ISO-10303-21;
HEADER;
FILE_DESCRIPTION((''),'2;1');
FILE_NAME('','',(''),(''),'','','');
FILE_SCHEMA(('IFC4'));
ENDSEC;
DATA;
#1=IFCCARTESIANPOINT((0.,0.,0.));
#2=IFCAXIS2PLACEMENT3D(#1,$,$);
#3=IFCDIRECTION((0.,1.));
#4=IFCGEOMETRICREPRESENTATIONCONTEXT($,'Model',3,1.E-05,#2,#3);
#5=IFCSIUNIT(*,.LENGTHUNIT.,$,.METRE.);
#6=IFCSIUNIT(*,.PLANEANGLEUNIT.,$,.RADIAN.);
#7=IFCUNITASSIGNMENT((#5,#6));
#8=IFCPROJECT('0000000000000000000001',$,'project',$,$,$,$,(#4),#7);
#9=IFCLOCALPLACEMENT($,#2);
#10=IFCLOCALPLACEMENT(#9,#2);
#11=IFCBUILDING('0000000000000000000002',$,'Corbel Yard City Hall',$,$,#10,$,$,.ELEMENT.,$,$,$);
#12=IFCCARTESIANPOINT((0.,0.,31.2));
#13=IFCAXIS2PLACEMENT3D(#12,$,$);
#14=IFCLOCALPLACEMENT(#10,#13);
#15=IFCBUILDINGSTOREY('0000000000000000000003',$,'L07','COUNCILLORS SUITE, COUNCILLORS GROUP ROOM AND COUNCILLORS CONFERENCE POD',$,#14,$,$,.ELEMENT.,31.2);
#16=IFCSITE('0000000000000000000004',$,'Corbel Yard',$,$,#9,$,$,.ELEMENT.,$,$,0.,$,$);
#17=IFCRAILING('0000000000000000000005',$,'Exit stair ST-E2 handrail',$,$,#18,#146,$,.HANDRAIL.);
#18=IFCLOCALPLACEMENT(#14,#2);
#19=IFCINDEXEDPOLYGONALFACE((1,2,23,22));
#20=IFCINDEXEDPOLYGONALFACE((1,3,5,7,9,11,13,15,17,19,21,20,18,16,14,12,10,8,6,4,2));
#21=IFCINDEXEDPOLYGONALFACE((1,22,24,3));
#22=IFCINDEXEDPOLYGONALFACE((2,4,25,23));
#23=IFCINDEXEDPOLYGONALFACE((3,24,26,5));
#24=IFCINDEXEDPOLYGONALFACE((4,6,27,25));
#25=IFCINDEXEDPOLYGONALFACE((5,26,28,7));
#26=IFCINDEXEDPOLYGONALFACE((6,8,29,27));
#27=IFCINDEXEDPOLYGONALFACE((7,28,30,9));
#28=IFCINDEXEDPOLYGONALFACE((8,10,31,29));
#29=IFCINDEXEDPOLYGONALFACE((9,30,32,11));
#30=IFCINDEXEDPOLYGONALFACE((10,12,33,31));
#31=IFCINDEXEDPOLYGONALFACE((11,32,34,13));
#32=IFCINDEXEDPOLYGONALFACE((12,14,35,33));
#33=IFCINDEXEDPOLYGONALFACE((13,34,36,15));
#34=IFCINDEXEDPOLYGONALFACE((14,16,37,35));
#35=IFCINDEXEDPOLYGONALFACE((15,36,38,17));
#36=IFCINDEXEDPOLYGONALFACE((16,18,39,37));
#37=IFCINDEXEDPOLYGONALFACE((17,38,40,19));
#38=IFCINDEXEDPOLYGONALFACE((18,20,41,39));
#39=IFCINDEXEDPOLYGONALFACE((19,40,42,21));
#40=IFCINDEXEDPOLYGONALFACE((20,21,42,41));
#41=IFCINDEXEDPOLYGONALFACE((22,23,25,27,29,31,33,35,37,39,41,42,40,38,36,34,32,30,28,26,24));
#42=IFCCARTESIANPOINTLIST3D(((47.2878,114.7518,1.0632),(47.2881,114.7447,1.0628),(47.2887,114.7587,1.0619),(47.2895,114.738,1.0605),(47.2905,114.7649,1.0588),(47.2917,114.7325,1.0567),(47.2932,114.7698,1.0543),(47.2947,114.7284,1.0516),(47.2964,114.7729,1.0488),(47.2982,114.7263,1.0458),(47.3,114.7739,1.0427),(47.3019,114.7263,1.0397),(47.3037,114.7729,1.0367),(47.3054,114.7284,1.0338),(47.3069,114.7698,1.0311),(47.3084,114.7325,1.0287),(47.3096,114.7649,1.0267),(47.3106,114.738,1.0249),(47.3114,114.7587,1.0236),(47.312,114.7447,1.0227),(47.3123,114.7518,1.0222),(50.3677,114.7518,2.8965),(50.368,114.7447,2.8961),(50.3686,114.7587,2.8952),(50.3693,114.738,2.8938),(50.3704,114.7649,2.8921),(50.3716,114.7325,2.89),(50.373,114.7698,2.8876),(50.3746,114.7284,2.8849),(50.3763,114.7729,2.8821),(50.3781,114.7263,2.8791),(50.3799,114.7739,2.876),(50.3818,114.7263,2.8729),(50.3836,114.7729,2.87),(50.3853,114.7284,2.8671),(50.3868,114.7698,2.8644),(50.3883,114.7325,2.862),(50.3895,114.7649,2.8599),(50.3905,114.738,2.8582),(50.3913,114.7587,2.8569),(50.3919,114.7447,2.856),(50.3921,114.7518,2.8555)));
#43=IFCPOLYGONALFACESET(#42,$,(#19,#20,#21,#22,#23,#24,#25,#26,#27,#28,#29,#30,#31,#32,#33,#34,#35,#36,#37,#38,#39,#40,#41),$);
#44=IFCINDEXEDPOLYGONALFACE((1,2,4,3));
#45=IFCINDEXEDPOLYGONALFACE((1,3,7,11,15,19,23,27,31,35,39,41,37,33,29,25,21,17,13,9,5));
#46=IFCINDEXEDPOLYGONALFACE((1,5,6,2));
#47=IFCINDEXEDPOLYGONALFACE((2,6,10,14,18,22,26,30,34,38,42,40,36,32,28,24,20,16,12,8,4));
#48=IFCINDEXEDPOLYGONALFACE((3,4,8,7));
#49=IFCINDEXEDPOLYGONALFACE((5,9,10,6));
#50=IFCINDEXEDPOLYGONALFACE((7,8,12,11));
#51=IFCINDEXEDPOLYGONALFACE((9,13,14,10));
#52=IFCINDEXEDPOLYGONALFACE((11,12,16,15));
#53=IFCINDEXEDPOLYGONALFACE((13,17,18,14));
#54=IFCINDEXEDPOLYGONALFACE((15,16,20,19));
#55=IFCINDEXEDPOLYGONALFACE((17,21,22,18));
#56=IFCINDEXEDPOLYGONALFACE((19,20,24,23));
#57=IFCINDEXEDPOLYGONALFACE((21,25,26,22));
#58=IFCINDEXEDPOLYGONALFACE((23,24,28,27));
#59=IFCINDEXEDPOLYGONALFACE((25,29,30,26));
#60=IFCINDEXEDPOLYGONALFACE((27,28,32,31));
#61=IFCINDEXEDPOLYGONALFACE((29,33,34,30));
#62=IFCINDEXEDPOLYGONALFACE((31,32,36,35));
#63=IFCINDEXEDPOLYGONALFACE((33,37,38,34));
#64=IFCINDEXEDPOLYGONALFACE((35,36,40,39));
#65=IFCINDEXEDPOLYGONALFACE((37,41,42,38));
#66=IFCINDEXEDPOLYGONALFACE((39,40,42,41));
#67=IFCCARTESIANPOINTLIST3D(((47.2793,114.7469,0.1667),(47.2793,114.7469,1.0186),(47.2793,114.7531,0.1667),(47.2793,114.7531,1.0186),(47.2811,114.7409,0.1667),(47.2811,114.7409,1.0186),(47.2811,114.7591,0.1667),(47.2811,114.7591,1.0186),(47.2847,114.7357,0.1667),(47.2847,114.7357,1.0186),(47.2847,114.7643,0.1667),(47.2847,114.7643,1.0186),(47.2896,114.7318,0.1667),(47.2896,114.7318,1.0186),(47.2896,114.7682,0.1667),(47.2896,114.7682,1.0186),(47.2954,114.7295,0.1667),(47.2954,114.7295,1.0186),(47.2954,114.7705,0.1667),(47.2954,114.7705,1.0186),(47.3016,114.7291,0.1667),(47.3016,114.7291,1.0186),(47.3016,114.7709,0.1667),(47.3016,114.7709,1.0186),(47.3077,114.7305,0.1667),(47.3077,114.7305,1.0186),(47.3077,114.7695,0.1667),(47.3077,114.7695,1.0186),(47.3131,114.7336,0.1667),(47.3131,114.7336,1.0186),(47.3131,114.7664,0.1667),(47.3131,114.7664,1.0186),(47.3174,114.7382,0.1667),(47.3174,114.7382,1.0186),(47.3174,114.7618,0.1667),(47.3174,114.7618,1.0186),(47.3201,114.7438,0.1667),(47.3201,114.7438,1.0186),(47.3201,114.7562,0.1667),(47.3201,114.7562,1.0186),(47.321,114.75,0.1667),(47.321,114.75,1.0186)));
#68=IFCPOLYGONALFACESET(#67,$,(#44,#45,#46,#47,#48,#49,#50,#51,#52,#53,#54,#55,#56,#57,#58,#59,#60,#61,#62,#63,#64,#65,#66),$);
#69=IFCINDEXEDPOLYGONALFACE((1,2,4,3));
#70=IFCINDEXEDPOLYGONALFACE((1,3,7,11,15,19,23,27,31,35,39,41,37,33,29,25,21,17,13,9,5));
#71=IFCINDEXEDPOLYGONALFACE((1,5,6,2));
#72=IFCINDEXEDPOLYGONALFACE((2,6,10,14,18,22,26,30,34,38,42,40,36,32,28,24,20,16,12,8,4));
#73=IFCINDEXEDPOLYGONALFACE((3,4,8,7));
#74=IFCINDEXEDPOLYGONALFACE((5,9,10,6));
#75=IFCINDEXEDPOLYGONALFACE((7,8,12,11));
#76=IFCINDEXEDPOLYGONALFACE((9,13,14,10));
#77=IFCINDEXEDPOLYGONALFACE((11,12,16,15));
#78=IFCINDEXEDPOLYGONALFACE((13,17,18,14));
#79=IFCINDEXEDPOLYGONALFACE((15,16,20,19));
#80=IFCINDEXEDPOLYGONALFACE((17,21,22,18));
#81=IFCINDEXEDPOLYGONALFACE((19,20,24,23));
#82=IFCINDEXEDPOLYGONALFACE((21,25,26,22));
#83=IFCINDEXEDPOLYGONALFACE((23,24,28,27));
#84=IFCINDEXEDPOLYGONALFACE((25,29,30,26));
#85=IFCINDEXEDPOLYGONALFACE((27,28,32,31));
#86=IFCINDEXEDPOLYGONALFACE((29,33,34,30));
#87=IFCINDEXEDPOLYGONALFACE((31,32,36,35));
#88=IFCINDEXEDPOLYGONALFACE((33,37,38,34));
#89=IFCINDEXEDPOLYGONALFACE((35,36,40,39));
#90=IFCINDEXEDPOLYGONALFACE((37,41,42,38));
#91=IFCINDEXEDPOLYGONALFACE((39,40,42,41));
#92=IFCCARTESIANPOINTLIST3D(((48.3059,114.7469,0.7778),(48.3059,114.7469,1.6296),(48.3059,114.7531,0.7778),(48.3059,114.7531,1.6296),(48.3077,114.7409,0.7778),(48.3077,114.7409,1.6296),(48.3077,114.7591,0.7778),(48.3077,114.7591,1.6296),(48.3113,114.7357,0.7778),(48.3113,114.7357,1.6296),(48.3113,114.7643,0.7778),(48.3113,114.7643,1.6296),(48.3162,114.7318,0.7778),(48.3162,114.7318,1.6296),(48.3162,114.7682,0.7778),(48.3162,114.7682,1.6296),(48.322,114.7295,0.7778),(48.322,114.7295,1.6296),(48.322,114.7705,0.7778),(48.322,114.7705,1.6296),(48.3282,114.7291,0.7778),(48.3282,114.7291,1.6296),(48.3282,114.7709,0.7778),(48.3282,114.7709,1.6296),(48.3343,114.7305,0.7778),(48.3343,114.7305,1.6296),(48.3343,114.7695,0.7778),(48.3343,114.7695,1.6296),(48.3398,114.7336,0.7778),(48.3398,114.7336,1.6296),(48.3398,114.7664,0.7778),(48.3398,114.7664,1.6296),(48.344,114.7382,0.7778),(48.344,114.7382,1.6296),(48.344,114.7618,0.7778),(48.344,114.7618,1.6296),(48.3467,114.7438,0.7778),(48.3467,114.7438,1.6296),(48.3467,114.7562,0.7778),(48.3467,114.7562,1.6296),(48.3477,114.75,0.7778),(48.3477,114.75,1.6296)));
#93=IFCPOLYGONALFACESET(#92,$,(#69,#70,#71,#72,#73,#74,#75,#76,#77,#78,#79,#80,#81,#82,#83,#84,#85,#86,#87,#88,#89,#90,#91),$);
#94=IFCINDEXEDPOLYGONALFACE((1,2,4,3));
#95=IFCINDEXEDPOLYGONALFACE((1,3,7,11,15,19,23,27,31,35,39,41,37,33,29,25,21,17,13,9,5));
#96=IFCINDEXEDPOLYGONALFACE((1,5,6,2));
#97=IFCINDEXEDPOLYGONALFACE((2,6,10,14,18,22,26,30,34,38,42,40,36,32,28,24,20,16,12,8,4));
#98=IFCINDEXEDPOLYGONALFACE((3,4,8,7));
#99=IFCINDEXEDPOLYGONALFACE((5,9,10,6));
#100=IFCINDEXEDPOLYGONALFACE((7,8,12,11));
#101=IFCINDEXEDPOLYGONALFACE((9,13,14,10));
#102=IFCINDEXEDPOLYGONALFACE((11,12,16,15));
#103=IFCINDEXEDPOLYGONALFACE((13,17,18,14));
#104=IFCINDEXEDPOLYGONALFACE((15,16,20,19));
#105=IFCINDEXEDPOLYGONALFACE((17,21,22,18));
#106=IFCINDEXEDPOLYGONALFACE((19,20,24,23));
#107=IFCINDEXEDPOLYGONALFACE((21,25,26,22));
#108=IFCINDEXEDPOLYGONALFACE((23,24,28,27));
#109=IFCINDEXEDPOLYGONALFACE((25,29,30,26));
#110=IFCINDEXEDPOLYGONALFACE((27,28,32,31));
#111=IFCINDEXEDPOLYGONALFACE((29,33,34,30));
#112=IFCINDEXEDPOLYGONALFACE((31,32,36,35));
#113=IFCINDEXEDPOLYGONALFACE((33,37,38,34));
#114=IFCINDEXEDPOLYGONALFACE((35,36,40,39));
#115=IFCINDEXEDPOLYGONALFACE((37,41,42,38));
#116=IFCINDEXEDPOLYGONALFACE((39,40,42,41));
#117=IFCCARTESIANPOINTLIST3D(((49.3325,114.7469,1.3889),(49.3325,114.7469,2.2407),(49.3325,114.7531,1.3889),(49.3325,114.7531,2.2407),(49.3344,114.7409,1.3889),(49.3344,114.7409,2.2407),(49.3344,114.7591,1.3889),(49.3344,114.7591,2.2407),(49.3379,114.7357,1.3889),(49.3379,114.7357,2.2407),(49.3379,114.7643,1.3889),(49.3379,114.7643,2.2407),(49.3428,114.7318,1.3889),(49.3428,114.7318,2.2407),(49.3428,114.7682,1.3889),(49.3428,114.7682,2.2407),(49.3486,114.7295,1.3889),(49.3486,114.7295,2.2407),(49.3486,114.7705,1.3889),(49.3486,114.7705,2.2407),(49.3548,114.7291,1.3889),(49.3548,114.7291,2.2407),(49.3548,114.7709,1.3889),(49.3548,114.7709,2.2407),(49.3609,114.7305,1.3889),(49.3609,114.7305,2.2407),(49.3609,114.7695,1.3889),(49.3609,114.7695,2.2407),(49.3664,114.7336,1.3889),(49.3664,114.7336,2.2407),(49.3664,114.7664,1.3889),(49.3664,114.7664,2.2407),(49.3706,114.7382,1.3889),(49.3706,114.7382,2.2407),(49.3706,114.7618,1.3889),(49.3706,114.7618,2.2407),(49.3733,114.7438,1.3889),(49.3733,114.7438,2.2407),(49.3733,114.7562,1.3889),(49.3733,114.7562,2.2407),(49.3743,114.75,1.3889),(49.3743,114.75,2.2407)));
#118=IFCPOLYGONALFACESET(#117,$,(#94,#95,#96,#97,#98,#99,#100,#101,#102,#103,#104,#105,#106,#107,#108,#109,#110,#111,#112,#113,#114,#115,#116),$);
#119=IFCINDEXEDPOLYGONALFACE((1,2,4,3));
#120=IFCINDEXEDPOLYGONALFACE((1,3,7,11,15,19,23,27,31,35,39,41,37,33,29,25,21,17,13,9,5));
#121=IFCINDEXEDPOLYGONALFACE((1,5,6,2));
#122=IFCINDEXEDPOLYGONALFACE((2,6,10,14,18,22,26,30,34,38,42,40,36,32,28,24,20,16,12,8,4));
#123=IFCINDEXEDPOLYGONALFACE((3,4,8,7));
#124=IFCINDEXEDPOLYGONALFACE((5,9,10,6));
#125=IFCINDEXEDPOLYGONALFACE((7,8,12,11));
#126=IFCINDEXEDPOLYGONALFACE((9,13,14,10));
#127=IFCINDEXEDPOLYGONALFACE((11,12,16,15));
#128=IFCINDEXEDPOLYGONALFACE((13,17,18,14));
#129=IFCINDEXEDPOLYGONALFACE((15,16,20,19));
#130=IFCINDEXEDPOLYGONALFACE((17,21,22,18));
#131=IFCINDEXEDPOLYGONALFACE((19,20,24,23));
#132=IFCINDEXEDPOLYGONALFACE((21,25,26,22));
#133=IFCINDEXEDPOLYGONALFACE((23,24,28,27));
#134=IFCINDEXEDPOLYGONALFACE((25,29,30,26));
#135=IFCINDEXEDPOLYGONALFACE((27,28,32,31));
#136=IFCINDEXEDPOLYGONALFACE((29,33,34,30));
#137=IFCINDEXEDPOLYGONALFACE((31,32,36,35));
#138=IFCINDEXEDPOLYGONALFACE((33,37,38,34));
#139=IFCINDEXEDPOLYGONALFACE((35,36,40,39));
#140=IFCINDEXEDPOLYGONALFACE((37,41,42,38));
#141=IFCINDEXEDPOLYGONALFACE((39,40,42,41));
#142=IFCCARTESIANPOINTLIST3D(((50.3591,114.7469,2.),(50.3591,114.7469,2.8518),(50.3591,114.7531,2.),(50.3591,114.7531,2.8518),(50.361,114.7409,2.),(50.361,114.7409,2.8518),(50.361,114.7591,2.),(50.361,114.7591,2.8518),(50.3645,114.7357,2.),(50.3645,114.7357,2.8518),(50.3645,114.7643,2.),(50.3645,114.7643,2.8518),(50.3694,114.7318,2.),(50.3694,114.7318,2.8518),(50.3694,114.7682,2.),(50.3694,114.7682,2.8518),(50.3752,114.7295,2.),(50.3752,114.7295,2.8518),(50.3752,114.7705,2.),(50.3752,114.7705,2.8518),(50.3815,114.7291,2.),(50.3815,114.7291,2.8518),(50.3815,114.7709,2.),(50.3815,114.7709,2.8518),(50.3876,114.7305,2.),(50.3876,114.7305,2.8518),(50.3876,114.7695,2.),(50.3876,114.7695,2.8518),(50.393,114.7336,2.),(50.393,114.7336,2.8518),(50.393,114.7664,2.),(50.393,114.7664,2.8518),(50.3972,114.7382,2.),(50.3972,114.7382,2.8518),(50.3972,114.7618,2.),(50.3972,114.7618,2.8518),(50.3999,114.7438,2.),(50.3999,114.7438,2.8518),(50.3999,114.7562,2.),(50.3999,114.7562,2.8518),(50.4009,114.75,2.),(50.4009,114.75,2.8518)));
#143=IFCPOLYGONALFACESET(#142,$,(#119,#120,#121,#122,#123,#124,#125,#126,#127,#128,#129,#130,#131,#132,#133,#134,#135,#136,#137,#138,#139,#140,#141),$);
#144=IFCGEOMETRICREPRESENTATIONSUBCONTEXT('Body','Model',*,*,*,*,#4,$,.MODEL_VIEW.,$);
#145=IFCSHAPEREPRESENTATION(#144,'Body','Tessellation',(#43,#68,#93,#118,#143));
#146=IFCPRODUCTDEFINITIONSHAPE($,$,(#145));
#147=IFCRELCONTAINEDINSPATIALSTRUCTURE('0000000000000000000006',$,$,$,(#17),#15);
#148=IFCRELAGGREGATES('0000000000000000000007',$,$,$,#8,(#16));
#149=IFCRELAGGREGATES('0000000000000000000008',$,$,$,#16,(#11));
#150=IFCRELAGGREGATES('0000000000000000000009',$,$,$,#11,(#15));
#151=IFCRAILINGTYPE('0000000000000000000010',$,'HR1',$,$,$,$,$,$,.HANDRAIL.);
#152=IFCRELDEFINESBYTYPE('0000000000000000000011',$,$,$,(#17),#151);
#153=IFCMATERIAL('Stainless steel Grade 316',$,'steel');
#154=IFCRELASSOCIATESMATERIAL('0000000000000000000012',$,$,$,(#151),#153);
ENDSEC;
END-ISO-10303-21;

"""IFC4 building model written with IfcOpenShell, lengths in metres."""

from ifc_helpers import new_model, si_unit, direction, frame, origin, origin_2d, place, context, subcontext, project, spatial, circle, extrude, material, type_object, element, save


model = new_model("IFC4")

# Units and contexts
model_context = context("Model", 3, precision=1e-05, world=origin(), true_north=direction((0.0, 1.0)))
body_context = subcontext(model_context, "Body", "Model", "MODEL_VIEW")
ifc_project = project(units=[si_unit("LENGTHUNIT", "METRE"), si_unit("PLANEANGLEUNIT", "RADIAN")], contexts=[model_context])

# Site, building, storey
site_placement = place(None, origin())
site = spatial("IfcSite", under=ifc_project, at=site_placement, Name="Corbel Yard", CompositionType="ELEMENT", RefElevation=0.0)
building_placement = place(site_placement, origin())
building = spatial("IfcBuilding", under=site, at=building_placement, Name="Corbel Yard City Hall", CompositionType="ELEMENT")
storey_placement = place(building_placement, frame((0.0, 0.0, 31.2)))
storey = spatial("IfcBuildingStorey", under=building, at=storey_placement, Name="L07", Description="COUNCILLORS SUITE, COUNCILLORS GROUP ROOM AND COUNCILLORS CONFERENCE POD", CompositionType="ELEMENT", Elevation=31.2)

# Shared definitions
ifc_material_1 = material(Name="Stainless steel Grade 316", Category="steel")

# Railing
railing_type = type_object("IfcRailingType", Name="HR1", PredefinedType="HANDRAIL", material=ifc_material_1)
for number, where, name in (
    (1, (47.3, 114.75, 0.1667), "Exit stair ST-E2 handrail"),
):
    element("IfcRailing", number, at=place(storey_placement, frame(where)), inside=storey, type_object=railing_type, Name=name, PredefinedType="HANDRAIL", context=body_context, shape_type="SweptSolid", body=[
        extrude(circle(Radius=0.0239, at=origin_2d()), frame((0.0, 0.0, 0.876), z_axis=(0.859291, 0.0, 0.511487), x_axis=(0.0, 1.0, 0.0)), (0.0, 0.0, 1.0), 3.5842),
        extrude(circle(Radius=0.021, at=origin_2d()), origin(), (0.0, 0.0, 1.0), 0.8518),
        extrude(circle(Radius=0.021, at=origin_2d()), frame((1.0266, 0.0, 0.6111)), (0.0, 0.0, 1.0), 0.8518),
        extrude(circle(Radius=0.021, at=origin_2d()), frame((2.0532, 0.0, 1.2222)), (0.0, 0.0, 1.0), 0.8518),
        extrude(circle(Radius=0.021, at=origin_2d()), frame((3.0798, 0.0, 1.8333)), (0.0, 0.0, 1.0), 0.8518),
    ])

save(model, "model.ifc")
